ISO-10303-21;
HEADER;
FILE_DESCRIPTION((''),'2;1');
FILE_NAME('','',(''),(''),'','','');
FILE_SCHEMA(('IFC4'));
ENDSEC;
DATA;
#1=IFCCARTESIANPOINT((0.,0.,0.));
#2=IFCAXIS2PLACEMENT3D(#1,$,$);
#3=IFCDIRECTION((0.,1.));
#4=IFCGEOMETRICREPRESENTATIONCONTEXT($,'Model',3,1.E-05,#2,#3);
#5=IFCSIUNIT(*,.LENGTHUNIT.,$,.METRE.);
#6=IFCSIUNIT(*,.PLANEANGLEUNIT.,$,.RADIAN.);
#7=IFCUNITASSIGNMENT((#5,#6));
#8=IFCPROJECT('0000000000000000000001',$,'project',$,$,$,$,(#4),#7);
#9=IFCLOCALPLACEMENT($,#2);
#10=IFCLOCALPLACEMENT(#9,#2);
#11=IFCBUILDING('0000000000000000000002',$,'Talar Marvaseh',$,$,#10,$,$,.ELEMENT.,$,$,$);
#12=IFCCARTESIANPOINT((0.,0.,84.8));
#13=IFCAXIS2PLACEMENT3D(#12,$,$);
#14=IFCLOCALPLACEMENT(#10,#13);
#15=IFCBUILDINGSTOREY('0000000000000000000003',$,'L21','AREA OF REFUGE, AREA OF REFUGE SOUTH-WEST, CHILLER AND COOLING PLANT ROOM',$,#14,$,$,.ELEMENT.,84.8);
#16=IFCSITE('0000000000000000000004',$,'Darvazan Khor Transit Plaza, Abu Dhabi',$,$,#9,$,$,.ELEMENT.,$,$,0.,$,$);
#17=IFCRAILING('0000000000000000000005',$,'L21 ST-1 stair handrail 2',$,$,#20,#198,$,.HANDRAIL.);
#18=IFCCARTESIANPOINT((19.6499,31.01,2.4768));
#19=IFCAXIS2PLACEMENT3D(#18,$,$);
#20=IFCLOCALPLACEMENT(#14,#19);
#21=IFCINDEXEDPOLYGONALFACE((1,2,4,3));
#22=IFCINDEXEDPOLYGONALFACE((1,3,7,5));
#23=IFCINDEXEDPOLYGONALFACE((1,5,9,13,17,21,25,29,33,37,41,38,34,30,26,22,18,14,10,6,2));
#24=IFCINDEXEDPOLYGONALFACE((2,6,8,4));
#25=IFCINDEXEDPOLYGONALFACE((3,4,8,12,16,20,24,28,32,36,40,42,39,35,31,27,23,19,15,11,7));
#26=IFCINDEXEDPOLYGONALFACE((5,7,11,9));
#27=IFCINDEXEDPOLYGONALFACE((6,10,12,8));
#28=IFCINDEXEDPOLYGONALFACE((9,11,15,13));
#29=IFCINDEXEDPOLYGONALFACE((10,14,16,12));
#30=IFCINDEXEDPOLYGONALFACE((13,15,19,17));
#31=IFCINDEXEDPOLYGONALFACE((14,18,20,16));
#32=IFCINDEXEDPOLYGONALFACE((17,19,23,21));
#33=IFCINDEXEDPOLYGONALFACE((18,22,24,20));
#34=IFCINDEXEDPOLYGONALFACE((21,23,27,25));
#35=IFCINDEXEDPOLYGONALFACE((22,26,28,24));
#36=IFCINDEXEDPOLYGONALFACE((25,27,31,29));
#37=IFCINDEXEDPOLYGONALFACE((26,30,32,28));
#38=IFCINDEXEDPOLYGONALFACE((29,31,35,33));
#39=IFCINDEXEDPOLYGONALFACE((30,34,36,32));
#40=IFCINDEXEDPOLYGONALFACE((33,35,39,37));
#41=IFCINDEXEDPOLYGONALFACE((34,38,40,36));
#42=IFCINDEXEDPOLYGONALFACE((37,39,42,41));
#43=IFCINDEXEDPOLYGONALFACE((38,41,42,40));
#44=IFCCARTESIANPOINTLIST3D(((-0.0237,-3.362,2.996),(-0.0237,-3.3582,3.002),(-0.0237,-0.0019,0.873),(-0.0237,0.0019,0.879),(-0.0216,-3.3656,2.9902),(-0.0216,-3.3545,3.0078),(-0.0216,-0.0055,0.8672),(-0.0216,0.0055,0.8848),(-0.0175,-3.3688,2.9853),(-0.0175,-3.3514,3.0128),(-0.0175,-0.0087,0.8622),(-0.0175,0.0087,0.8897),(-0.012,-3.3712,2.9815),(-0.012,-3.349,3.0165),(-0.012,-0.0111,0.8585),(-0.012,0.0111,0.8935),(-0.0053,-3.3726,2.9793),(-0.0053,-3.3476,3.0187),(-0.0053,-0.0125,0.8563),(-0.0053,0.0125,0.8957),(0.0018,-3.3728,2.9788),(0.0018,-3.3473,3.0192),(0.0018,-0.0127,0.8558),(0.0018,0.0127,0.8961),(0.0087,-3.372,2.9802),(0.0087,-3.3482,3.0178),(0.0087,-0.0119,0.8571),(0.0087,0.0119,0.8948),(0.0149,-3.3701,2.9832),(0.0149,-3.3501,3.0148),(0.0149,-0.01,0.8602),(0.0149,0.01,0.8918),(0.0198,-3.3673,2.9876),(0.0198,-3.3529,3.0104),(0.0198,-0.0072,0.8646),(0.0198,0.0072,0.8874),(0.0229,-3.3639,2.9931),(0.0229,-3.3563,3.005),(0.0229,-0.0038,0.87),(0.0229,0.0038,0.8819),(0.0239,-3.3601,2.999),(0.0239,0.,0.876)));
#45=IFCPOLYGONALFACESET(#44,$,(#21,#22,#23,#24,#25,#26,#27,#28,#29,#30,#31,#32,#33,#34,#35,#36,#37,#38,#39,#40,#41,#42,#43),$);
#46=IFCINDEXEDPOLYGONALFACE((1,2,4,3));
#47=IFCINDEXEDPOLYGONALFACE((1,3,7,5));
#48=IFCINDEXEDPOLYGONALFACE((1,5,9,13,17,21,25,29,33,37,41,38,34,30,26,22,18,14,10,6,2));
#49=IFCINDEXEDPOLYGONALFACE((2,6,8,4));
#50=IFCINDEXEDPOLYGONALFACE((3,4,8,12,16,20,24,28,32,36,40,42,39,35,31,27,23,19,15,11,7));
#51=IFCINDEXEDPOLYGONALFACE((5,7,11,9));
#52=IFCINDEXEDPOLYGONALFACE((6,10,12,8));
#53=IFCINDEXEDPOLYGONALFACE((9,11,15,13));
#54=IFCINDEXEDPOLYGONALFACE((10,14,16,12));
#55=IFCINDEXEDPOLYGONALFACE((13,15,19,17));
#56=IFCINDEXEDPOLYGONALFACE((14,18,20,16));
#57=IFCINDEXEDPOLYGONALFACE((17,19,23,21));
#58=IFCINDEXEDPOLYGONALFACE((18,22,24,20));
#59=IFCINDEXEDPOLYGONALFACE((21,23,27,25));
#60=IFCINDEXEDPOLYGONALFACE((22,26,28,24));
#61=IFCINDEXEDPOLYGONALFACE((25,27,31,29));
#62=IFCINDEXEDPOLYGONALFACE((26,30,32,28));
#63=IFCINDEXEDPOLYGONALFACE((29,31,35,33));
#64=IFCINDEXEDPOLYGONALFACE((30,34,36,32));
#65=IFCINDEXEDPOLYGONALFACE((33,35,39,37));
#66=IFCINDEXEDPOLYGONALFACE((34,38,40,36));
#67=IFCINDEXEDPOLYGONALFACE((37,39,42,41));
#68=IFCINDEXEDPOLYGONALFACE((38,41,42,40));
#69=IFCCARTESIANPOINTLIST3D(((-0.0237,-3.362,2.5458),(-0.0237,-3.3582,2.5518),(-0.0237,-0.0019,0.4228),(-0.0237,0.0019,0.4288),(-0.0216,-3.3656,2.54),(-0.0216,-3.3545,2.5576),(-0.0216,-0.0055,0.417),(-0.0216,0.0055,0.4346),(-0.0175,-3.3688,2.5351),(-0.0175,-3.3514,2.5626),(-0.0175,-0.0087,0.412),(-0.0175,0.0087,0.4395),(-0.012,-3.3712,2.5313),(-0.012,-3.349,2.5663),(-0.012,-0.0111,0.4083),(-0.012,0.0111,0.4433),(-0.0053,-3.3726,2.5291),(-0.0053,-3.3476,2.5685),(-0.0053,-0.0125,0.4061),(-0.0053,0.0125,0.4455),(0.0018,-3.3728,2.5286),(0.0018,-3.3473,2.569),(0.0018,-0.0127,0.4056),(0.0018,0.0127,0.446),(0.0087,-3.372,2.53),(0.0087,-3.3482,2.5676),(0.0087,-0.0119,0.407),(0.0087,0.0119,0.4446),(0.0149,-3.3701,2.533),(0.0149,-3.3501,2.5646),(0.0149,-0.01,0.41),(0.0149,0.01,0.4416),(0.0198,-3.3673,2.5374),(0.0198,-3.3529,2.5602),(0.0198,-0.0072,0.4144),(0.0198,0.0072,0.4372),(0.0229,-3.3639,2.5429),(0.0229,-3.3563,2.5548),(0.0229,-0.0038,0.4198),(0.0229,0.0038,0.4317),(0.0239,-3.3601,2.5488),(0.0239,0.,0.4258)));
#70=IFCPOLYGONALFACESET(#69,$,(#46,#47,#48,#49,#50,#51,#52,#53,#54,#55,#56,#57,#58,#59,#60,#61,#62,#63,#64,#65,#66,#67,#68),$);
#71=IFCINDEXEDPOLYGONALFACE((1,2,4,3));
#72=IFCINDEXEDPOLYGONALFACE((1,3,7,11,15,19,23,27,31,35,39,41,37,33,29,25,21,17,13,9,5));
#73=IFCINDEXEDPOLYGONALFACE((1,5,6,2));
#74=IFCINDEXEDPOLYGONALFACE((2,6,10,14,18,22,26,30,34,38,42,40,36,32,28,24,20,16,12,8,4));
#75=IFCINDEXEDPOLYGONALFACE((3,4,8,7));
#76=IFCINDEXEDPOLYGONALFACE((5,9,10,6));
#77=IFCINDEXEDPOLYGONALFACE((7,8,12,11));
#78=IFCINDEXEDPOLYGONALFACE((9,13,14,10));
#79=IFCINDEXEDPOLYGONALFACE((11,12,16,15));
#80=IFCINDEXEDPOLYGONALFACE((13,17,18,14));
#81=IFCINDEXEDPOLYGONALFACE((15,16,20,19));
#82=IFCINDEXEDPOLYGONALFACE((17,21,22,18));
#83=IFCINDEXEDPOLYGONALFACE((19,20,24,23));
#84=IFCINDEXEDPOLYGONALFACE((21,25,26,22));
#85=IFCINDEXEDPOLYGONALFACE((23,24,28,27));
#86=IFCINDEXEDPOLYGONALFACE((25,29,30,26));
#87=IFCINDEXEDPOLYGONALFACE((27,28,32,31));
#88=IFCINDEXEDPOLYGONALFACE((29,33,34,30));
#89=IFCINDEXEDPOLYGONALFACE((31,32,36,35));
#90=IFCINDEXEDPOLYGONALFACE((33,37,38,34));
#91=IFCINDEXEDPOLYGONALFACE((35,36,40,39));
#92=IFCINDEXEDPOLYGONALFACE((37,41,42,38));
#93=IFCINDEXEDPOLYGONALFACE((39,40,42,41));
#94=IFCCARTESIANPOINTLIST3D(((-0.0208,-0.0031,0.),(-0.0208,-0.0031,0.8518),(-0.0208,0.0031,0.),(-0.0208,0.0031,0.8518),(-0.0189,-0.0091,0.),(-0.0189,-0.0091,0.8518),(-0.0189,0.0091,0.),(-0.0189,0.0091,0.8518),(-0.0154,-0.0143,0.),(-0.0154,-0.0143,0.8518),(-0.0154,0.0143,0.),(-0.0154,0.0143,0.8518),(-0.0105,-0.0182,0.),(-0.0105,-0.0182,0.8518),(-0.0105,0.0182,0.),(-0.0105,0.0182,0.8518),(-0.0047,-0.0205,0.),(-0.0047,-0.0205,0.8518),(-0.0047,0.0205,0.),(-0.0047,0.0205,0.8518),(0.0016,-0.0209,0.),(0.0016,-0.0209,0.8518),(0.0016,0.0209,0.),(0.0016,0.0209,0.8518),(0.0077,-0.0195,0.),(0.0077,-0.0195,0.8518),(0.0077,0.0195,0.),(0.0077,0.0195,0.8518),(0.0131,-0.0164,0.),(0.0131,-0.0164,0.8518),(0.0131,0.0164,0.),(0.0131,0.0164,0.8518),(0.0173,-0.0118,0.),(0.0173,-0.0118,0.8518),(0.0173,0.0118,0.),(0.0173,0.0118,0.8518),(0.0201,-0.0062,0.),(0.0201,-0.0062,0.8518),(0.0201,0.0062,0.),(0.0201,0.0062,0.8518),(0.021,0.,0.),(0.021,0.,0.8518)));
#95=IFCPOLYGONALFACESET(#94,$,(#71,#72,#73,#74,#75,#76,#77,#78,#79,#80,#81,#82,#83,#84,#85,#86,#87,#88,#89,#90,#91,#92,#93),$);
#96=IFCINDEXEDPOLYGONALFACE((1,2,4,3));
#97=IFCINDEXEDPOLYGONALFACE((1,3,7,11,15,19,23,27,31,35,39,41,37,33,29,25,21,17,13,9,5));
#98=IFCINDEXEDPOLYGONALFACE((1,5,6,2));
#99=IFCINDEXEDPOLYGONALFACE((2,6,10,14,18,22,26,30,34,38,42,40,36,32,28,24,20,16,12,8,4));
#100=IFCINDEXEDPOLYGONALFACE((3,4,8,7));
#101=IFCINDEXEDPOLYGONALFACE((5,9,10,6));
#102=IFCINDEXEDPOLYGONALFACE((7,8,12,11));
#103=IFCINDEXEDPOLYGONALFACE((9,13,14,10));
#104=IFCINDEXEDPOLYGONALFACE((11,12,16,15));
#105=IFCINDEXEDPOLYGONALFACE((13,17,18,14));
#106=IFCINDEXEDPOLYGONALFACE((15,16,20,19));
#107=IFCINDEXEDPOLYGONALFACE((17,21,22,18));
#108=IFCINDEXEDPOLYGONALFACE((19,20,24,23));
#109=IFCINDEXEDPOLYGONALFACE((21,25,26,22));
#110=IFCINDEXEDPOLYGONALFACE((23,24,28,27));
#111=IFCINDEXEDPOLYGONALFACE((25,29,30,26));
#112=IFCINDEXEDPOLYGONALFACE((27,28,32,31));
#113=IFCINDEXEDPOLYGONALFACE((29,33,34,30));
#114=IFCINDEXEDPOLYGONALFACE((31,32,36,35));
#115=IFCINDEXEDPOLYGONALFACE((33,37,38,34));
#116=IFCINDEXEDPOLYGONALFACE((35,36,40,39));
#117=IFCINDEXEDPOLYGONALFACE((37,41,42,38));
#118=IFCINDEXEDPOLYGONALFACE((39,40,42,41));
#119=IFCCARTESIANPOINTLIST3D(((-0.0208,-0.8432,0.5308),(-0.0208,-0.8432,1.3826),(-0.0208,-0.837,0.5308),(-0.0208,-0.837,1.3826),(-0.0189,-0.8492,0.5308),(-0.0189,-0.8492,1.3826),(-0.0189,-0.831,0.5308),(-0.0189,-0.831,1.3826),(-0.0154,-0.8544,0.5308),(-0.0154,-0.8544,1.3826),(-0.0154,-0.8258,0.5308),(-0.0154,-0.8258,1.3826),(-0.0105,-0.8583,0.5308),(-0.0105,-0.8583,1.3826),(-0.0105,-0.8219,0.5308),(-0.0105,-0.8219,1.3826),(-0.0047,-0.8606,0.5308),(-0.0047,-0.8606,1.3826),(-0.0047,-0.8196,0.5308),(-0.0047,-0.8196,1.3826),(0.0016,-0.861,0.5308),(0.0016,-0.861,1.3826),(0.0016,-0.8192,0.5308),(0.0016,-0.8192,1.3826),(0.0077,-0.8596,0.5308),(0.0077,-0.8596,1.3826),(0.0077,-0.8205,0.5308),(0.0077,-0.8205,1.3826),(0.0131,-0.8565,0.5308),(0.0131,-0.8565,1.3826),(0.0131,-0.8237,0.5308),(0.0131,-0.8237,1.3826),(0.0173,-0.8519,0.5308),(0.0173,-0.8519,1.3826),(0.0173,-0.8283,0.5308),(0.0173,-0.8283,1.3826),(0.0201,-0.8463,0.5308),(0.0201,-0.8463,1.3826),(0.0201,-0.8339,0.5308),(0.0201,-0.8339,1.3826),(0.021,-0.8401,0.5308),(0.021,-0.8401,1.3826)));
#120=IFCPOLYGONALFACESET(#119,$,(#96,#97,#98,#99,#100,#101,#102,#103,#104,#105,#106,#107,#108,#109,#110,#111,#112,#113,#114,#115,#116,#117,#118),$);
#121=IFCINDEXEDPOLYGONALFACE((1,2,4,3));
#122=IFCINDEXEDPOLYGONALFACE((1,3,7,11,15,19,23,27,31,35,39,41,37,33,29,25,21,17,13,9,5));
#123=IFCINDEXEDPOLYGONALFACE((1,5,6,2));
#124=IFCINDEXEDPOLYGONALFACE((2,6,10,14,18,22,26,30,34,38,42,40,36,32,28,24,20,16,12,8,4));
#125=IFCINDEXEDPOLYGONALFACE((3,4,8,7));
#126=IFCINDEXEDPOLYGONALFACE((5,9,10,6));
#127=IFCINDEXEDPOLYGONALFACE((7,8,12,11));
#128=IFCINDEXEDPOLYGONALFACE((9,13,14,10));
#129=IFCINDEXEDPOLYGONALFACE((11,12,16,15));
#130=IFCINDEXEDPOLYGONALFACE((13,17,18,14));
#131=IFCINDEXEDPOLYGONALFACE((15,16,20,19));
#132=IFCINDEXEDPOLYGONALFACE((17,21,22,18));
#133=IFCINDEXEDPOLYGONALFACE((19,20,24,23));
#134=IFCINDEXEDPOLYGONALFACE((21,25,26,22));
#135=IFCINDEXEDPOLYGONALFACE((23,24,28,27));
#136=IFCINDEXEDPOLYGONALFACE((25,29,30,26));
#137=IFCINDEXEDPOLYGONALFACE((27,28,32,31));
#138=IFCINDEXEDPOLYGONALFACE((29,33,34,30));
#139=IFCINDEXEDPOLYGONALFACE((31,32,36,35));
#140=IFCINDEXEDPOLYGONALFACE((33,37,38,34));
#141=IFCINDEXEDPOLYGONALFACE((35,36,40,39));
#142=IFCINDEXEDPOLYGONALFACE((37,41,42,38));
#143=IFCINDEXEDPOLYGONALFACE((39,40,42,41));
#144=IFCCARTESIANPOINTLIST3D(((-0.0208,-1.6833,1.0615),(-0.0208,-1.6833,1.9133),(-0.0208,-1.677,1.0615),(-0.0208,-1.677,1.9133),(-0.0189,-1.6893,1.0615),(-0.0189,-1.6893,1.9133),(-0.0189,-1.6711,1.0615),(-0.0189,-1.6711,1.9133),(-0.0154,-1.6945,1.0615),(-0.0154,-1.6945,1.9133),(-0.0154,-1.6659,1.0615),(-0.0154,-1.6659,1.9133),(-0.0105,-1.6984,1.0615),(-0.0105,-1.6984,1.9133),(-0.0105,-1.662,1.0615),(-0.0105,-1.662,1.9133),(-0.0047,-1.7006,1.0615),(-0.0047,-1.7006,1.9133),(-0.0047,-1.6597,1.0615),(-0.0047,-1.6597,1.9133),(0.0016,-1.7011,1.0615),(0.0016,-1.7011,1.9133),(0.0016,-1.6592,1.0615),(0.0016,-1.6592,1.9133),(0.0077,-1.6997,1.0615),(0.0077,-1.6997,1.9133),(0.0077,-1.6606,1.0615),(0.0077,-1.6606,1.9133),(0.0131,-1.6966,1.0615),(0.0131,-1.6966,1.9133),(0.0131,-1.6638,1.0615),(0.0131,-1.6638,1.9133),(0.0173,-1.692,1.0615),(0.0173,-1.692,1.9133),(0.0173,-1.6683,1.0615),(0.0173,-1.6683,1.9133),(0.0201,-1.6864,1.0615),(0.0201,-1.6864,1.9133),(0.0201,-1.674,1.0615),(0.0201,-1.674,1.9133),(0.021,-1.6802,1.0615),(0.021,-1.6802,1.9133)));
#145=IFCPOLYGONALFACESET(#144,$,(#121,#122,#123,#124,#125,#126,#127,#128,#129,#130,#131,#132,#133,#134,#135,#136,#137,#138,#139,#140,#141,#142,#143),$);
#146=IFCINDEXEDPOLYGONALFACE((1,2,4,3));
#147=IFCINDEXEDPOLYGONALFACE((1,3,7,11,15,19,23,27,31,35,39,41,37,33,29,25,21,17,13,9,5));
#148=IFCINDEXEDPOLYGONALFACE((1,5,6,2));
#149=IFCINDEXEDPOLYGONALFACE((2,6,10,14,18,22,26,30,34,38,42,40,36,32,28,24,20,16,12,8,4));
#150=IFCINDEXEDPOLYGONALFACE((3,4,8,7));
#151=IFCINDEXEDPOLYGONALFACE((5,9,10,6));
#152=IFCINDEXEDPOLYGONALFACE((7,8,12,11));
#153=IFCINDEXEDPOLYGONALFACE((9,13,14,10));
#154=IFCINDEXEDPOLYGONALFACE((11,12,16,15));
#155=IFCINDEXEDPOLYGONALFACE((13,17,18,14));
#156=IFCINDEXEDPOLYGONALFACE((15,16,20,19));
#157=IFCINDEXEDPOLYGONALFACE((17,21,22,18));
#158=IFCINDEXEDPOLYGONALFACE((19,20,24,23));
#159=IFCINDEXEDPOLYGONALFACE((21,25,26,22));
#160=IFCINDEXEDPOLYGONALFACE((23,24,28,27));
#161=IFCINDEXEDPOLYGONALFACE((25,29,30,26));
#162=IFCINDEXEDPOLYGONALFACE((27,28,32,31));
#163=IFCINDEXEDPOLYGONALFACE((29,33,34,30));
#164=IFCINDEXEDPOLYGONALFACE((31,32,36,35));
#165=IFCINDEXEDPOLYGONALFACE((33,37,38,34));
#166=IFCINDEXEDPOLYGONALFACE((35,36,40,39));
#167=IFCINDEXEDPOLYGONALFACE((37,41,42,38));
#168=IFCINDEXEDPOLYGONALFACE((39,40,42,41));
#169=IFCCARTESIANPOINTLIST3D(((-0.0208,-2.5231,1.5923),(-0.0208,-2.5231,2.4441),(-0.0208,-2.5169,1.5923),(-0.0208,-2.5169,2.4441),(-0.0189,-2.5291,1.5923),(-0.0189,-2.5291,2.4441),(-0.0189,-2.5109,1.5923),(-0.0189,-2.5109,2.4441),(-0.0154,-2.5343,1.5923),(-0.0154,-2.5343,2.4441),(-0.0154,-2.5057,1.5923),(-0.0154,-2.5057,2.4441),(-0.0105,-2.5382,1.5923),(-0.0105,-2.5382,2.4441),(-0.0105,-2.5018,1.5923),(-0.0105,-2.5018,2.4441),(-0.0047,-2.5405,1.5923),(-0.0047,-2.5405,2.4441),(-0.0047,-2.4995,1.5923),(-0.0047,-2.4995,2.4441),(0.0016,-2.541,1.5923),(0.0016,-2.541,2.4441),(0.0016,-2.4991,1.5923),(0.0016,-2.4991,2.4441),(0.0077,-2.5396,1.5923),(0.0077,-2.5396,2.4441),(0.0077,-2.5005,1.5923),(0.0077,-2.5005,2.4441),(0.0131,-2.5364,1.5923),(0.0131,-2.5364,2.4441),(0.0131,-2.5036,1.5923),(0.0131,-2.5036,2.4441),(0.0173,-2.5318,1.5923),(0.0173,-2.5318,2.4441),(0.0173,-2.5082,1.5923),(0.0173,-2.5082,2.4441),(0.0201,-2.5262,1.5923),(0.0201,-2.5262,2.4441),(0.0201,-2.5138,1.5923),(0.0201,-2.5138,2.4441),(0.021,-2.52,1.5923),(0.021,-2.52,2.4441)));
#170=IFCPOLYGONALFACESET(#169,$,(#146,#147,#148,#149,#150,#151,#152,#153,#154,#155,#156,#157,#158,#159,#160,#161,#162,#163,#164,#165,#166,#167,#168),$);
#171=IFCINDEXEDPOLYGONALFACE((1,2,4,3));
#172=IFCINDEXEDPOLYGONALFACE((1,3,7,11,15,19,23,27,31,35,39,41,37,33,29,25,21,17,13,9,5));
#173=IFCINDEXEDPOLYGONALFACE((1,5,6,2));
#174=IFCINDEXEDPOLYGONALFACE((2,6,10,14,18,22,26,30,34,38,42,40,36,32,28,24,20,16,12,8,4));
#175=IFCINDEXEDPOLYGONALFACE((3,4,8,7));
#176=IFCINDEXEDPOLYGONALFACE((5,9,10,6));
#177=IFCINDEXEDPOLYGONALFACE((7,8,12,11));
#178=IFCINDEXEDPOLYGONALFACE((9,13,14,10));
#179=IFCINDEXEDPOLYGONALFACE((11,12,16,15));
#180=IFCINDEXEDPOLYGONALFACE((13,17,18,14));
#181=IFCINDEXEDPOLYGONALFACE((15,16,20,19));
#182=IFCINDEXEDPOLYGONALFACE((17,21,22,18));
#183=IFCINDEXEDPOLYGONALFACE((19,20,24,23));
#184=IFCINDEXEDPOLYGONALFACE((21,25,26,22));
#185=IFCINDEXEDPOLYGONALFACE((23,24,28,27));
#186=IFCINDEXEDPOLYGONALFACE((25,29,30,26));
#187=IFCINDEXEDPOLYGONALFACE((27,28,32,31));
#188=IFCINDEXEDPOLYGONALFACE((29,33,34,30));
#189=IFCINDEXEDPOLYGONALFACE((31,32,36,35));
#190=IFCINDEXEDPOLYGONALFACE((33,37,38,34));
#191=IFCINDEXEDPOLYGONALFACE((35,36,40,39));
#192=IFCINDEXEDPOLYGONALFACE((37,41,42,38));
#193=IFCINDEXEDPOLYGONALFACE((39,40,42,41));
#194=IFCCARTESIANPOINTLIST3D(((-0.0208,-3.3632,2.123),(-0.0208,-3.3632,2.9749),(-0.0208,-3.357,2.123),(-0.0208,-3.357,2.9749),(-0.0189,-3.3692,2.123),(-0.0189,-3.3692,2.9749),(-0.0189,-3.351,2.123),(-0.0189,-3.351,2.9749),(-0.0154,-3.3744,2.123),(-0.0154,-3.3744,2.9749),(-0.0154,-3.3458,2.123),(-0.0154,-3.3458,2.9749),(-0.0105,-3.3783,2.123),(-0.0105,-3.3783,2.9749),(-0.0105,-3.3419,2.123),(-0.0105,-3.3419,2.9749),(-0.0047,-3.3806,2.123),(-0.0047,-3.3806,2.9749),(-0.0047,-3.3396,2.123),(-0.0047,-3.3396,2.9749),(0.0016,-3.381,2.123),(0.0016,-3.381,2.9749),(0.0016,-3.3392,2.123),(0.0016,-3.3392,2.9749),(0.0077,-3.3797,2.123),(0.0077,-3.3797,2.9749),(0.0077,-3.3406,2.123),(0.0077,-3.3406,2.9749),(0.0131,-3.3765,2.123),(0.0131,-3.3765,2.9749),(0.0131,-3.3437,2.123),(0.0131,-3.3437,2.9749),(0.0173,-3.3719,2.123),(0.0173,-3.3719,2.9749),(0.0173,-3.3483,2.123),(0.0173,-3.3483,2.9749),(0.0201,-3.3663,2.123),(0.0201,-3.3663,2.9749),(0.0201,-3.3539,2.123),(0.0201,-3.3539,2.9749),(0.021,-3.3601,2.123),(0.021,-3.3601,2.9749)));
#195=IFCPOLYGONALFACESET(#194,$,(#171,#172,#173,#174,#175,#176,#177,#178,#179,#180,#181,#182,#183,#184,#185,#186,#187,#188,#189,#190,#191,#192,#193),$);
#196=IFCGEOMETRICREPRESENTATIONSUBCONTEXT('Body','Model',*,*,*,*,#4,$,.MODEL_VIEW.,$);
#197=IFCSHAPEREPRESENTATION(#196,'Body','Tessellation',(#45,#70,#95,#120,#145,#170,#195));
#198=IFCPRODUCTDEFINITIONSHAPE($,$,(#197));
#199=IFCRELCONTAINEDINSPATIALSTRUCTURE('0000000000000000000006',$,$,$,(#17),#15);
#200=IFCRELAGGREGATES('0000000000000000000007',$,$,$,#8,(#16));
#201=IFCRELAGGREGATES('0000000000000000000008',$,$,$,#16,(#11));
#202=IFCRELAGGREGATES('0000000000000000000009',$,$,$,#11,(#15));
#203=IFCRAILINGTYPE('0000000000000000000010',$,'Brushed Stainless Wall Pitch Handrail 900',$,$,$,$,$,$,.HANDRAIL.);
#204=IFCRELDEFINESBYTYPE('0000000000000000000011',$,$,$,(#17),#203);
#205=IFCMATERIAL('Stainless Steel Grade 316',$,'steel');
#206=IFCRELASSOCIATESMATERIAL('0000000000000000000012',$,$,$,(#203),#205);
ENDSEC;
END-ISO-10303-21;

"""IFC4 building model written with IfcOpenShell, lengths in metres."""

from ifc_helpers import new_model, si_unit, direction, frame, origin, origin_2d, place, context, subcontext, project, spatial, circle, extrude, material, type_object, element, save


model = new_model("IFC4")

# Units and contexts
model_context = context("Model", 3, precision=1e-05, world=origin(), true_north=direction((0.0, 1.0)))
body_context = subcontext(model_context, "Body", "Model", "MODEL_VIEW")
ifc_project = project(units=[si_unit("LENGTHUNIT", "METRE"), si_unit("PLANEANGLEUNIT", "RADIAN")], contexts=[model_context])

# Site, building, storey
site_placement = place(None, origin())
site = spatial("IfcSite", under=ifc_project, at=site_placement, Name="Darvazan Khor Transit Plaza, Abu Dhabi", CompositionType="ELEMENT", RefElevation=0.0)
building_placement = place(site_placement, origin())
building = spatial("IfcBuilding", under=site, at=building_placement, Name="Talar Marvaseh", CompositionType="ELEMENT")
storey_placement = place(building_placement, frame((0.0, 0.0, 84.8)))
storey = spatial("IfcBuildingStorey", under=building, at=storey_placement, Name="L21", Description="AREA OF REFUGE, AREA OF REFUGE SOUTH-WEST, CHILLER AND COOLING PLANT ROOM", CompositionType="ELEMENT", Elevation=84.8)

# Shared definitions
ifc_material_1 = material(Name="Stainless Steel Grade 316", Category="steel")

# Railing
railing_type_1 = type_object("IfcRailingType", Name="Brushed Stainless Wall Pitch Handrail 900", PredefinedType="HANDRAIL", material=ifc_material_1)
railing_1_placement = place(storey_placement, frame((19.6499, 31.01, 2.4768)))
element("IfcRailing", 1, at=railing_1_placement, inside=storey, type_object=railing_type_1, Name="L21 ST-1 stair handrail 2", PredefinedType="HANDRAIL", context=body_context, shape_type="SweptSolid", body=[
    extrude(circle(Radius=0.0239, at=origin_2d()), frame((0.0, 0.0, 0.876), z_axis=(0.0, -0.84539, 0.53415), x_axis=(1.0, 0.0, 0.0)), (0.0, 0.0, 1.0), 3.9746),
    extrude(circle(Radius=0.0239, at=origin_2d()), frame((0.0, 0.0, 0.4258), z_axis=(0.0, -0.84539, 0.53415), x_axis=(1.0, 0.0, 0.0)), (0.0, 0.0, 1.0), 3.9746),
    extrude(circle(Radius=0.021, at=origin_2d()), origin(), (0.0, 0.0, 1.0), 0.8518),
    extrude(circle(Radius=0.021, at=origin_2d()), frame((0.0, -0.8401, 0.5308)), (0.0, 0.0, 1.0), 0.8518),
    extrude(circle(Radius=0.021, at=origin_2d()), frame((0.0, -1.6802, 1.0615)), (0.0, 0.0, 1.0), 0.8518),
    extrude(circle(Radius=0.021, at=origin_2d()), frame((0.0, -2.52, 1.5923)), (0.0, 0.0, 1.0), 0.8518),
    extrude(circle(Radius=0.021, at=origin_2d()), frame((0.0, -3.3601, 2.123)), (0.0, 0.0, 1.0), 0.8518),
])

save(model, "model.ifc")
